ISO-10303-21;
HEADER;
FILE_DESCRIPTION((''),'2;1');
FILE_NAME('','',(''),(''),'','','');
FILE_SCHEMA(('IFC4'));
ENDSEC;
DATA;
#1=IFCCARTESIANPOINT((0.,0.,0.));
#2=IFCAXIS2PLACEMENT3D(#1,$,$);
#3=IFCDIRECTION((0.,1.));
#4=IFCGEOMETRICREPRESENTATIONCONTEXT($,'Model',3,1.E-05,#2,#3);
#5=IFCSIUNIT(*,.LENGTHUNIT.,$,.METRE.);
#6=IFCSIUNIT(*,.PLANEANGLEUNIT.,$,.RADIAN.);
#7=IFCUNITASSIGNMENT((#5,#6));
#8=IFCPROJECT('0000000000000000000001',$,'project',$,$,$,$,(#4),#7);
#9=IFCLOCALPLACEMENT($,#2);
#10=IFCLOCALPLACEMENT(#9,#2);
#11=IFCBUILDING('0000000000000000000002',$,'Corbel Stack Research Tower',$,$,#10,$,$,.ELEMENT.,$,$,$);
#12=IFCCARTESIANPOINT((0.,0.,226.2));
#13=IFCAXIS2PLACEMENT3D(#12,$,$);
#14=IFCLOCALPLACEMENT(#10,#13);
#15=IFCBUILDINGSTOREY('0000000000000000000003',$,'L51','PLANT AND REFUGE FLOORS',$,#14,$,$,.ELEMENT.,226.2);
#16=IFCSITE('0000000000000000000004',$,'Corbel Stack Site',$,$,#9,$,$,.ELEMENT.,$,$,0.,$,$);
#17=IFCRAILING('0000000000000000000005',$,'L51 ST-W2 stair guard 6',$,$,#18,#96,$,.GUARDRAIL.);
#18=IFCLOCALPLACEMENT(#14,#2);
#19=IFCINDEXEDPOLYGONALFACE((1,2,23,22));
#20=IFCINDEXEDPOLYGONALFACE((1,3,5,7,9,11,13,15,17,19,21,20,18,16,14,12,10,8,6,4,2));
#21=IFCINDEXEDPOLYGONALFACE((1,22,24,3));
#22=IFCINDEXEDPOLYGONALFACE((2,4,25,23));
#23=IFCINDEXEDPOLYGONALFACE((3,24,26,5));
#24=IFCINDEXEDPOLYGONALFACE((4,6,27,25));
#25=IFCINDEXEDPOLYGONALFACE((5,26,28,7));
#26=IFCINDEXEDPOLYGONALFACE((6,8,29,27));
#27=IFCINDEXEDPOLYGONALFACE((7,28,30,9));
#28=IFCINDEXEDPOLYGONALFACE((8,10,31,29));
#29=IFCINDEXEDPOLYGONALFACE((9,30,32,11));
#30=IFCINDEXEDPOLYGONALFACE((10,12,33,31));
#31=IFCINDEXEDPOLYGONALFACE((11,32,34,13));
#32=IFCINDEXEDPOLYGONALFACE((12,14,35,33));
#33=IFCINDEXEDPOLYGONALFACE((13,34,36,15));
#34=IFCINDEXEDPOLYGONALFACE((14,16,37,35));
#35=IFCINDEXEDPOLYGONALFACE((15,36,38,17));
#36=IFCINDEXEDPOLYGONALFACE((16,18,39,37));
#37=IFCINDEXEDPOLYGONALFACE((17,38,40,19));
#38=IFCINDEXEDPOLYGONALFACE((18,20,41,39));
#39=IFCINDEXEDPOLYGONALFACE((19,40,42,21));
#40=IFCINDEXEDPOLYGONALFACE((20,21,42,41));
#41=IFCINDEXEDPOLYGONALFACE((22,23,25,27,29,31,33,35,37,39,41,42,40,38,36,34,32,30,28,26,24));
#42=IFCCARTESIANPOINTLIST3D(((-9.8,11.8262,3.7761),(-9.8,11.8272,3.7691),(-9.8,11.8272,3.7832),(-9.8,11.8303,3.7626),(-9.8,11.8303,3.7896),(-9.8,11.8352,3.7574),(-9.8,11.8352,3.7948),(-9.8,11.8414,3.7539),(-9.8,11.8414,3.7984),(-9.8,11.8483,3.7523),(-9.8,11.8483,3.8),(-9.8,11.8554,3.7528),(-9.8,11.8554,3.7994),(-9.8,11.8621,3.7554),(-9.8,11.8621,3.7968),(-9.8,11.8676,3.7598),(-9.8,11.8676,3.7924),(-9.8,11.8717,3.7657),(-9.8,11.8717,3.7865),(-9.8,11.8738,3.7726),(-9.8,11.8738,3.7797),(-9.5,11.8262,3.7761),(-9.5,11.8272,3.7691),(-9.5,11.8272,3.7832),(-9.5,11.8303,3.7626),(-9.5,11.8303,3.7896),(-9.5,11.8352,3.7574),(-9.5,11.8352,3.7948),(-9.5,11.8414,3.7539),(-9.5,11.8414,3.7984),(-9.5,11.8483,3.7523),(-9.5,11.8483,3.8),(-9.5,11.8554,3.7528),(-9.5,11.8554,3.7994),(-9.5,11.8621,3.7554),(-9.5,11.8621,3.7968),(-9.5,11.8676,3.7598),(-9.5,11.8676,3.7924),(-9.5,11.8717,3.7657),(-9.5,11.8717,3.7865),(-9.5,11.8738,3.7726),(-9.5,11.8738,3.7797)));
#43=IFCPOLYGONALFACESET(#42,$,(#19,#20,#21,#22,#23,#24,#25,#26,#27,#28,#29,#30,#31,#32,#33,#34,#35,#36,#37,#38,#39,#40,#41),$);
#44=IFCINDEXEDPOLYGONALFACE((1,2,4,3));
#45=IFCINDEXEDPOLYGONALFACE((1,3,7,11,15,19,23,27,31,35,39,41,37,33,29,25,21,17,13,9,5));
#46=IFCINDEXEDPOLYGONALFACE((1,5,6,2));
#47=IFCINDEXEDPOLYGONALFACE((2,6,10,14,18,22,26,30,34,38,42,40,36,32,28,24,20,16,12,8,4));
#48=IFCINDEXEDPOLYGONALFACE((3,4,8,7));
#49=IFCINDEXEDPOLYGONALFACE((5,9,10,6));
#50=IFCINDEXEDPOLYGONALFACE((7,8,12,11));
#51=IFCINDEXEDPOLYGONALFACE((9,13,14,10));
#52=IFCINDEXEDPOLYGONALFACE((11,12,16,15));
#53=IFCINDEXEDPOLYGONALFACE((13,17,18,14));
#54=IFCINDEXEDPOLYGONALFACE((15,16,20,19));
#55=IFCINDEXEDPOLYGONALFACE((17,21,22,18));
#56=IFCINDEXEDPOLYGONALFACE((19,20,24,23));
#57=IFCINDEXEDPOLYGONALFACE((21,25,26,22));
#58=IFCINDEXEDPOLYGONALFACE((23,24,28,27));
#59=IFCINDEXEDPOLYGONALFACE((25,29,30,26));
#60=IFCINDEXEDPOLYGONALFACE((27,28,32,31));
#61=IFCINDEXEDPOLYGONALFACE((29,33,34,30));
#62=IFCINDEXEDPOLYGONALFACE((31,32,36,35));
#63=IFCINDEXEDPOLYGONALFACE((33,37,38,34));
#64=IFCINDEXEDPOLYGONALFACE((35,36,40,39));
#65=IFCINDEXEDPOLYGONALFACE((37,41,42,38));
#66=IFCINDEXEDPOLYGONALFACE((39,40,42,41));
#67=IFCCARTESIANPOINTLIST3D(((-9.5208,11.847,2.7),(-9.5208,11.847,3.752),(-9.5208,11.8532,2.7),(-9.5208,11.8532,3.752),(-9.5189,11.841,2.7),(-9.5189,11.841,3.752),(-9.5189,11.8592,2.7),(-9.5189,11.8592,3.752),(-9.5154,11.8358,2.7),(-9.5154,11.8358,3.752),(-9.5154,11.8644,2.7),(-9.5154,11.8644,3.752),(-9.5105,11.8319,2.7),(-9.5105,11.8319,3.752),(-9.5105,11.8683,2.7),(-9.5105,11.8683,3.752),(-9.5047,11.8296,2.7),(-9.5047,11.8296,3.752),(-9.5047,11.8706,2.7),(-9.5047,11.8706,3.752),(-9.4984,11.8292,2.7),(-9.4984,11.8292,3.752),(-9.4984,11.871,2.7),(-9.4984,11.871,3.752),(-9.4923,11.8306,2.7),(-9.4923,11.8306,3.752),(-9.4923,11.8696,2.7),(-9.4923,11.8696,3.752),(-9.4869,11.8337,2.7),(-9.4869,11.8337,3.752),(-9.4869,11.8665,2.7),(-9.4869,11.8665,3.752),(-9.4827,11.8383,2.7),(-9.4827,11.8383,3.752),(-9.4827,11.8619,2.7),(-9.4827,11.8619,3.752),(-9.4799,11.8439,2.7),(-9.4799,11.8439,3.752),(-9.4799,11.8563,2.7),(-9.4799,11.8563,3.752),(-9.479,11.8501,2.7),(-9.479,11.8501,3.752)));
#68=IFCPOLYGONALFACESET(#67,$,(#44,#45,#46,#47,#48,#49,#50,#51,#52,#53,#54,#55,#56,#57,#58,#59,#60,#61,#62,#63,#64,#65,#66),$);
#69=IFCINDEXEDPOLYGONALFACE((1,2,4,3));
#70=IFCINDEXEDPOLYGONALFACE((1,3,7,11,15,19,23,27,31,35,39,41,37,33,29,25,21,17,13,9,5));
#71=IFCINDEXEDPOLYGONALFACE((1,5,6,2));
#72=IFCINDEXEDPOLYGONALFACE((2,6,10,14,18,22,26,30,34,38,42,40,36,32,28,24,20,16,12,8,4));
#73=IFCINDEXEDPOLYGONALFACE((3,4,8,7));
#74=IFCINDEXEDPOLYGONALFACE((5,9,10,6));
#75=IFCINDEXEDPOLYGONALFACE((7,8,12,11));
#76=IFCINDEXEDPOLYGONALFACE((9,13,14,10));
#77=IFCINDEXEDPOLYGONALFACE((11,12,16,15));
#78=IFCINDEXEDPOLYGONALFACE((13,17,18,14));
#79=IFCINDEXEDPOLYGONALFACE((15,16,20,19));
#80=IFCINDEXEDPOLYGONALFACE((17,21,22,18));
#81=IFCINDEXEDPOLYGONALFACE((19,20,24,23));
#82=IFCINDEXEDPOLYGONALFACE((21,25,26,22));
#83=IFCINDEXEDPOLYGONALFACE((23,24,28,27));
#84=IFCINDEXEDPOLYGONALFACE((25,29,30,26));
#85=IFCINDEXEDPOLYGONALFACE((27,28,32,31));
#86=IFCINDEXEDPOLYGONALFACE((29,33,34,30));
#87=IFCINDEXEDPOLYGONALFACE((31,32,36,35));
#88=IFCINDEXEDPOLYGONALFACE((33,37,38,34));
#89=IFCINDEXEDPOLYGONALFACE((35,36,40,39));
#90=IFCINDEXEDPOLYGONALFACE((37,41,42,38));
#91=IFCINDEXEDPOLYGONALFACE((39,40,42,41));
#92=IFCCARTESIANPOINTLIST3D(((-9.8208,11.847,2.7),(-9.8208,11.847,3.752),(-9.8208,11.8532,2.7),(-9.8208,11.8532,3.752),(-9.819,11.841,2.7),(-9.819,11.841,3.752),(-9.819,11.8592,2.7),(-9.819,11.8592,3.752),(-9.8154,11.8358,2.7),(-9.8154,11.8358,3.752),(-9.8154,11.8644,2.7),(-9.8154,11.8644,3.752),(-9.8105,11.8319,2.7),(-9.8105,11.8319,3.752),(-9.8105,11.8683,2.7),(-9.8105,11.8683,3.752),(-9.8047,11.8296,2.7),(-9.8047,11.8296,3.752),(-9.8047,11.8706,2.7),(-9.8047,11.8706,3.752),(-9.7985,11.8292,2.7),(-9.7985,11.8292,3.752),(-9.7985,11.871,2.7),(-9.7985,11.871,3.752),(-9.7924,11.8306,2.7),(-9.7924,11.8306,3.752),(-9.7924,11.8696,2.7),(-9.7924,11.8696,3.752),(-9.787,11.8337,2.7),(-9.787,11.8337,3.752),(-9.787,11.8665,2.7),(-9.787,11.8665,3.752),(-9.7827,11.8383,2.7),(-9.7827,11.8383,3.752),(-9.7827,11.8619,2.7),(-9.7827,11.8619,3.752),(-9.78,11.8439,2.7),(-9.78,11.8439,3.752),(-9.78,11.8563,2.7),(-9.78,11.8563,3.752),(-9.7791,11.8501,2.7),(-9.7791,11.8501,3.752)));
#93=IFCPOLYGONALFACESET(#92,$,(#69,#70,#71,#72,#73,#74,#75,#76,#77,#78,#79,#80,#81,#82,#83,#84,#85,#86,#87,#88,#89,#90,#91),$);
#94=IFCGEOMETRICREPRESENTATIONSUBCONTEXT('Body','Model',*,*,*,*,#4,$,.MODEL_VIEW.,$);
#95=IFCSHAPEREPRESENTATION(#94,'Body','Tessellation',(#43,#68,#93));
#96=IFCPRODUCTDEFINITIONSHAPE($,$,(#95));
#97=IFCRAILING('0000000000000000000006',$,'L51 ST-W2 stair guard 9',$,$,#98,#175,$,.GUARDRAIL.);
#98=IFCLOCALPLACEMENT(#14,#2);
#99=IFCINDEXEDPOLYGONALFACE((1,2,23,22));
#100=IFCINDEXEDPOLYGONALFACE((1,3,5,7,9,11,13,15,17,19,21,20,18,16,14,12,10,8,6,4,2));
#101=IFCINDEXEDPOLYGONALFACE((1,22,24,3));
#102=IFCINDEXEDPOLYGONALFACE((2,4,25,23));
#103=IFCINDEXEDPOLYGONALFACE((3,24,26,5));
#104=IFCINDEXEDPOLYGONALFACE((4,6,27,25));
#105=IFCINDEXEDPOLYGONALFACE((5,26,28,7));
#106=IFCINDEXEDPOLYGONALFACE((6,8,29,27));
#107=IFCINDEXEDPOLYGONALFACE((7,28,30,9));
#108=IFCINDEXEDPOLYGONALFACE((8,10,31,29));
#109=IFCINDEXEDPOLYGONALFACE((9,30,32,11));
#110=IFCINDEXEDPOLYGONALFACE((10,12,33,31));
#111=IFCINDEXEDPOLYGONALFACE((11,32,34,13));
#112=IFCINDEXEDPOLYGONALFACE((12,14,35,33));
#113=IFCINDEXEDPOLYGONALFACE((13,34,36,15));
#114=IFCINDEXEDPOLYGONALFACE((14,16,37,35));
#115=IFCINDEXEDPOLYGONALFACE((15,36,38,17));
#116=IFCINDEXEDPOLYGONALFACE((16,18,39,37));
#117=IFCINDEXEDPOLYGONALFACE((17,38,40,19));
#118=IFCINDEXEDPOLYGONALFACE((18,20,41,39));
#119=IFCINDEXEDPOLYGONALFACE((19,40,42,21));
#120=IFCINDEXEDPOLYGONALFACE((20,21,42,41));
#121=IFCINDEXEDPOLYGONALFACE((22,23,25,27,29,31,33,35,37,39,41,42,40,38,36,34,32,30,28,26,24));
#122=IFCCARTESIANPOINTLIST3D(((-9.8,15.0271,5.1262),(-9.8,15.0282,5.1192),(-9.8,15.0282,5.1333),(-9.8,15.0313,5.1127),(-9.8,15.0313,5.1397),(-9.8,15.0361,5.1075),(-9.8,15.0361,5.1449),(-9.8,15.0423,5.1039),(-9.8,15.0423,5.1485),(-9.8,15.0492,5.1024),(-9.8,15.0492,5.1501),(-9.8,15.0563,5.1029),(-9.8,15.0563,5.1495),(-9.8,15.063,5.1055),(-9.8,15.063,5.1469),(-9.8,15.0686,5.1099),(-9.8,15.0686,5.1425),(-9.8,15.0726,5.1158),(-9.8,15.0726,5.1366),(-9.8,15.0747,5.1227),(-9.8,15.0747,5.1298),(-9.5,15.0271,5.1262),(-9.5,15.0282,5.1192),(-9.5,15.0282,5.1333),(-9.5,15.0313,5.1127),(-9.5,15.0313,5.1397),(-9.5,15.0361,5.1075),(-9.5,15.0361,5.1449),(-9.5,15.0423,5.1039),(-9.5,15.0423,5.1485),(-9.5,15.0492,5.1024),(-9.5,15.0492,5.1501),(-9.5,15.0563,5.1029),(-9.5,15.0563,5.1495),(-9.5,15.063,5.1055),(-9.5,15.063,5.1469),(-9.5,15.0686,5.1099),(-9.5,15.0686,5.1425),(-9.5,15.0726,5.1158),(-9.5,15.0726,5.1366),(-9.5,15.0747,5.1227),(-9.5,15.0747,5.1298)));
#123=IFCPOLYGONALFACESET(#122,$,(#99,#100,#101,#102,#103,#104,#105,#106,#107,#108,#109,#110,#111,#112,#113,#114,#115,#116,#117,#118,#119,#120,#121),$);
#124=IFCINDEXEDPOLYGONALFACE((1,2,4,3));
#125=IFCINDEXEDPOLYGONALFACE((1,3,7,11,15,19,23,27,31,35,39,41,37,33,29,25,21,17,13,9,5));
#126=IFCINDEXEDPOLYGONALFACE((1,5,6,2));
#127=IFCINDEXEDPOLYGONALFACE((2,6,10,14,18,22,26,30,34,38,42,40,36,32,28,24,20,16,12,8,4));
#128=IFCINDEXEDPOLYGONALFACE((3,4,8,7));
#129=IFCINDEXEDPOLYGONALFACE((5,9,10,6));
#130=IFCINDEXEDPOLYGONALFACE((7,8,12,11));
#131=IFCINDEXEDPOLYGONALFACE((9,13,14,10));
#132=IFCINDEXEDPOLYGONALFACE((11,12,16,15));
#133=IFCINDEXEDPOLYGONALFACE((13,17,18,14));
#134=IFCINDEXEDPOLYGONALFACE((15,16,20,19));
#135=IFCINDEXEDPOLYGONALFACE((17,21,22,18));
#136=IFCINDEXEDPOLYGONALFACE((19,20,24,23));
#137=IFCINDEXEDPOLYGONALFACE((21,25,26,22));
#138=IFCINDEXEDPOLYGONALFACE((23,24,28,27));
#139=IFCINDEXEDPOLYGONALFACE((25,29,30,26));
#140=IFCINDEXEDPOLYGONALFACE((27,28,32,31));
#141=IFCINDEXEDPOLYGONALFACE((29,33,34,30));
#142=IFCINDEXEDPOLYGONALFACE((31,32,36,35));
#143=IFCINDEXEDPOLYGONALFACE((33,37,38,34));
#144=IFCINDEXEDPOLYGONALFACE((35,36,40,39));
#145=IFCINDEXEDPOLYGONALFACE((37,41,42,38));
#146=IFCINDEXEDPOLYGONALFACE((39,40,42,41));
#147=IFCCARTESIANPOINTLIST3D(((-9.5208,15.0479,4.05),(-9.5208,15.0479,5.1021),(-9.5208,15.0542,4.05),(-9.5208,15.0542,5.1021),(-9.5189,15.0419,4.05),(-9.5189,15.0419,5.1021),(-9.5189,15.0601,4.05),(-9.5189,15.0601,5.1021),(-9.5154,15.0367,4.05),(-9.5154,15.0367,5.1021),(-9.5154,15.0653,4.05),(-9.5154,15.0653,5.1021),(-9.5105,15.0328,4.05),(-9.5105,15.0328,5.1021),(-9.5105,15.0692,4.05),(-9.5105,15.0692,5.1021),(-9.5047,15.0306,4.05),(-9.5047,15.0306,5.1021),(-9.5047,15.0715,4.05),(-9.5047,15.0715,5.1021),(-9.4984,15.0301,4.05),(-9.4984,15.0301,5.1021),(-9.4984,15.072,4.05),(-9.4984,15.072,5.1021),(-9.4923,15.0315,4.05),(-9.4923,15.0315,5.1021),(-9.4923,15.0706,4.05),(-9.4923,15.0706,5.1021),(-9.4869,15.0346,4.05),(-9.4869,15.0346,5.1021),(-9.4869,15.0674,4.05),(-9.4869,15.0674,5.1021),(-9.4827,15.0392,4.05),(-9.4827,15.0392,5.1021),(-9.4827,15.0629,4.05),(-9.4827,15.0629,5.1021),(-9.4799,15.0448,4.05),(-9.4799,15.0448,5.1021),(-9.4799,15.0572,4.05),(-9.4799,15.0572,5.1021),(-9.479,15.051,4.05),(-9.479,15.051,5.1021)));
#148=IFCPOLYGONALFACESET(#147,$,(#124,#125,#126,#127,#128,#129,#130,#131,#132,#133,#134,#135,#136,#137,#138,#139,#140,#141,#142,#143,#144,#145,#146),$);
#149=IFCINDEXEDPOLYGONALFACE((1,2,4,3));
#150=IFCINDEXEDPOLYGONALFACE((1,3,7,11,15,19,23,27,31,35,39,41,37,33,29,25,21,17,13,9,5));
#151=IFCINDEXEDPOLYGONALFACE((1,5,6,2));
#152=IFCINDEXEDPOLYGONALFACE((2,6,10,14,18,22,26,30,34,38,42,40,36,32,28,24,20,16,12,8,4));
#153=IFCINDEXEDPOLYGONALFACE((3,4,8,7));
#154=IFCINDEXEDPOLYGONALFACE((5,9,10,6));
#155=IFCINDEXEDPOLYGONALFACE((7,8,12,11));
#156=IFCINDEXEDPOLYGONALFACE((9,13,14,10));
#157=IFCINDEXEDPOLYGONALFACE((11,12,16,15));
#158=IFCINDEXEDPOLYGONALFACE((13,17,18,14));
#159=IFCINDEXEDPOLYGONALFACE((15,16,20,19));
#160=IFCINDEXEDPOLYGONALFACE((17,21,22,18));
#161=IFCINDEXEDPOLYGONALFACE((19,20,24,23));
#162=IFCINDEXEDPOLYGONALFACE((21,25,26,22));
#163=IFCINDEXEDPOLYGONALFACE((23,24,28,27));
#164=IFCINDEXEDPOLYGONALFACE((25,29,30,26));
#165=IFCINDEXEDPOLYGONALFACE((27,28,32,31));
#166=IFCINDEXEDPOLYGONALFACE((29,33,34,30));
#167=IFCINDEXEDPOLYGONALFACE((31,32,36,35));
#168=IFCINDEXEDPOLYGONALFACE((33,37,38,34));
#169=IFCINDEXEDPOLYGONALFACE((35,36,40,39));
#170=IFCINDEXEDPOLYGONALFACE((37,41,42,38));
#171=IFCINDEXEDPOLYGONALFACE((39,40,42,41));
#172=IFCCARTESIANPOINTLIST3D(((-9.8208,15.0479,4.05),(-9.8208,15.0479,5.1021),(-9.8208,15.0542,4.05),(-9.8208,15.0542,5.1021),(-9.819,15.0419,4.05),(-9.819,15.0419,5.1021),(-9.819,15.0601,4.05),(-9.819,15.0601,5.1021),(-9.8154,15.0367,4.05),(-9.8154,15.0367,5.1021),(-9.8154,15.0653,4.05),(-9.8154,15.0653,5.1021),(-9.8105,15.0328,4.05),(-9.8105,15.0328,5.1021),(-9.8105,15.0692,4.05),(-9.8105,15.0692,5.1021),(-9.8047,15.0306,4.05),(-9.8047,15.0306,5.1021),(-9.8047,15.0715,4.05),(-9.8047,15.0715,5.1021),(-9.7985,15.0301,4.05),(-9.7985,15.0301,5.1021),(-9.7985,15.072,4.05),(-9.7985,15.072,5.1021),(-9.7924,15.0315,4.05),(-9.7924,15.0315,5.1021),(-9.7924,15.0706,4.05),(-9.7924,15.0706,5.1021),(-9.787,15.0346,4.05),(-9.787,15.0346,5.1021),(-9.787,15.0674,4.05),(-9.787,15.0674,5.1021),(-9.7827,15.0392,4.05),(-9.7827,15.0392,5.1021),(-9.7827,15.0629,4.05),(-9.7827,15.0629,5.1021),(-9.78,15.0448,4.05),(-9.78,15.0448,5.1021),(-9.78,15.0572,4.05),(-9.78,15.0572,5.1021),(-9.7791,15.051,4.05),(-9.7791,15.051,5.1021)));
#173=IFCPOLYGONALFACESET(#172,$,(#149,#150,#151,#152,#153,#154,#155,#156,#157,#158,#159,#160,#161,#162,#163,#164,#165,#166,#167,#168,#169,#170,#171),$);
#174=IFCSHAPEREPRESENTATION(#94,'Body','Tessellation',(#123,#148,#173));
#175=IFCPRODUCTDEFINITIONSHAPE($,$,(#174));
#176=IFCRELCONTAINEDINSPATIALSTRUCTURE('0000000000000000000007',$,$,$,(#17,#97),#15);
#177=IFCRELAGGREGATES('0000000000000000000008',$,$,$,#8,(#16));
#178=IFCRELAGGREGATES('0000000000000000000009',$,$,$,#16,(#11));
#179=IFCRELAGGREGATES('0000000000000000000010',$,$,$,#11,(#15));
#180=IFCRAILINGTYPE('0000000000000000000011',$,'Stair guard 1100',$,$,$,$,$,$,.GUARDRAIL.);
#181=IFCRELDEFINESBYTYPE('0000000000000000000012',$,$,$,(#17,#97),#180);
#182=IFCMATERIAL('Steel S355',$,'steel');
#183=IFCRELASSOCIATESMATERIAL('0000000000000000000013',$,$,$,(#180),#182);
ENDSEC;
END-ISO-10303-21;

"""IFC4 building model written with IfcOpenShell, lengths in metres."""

from ifc_helpers import new_model, si_unit, direction, frame, origin, origin_2d, place, context, subcontext, project, spatial, circle, extrude, material, type_object, element, save


model = new_model("IFC4")

# Units and contexts
model_context = context("Model", 3, precision=1e-05, world=origin(), true_north=direction((0.0, 1.0)))
body_context = subcontext(model_context, "Body", "Model", "MODEL_VIEW")
ifc_project = project(units=[si_unit("LENGTHUNIT", "METRE"), si_unit("PLANEANGLEUNIT", "RADIAN")], contexts=[model_context])

# Site, building, storey
site_placement = place(None, origin())
site = spatial("IfcSite", under=ifc_project, at=site_placement, Name="Corbel Stack Site", CompositionType="ELEMENT", RefElevation=0.0)
building_placement = place(site_placement, origin())
building = spatial("IfcBuilding", under=site, at=building_placement, Name="Corbel Stack Research Tower", CompositionType="ELEMENT")
storey_placement = place(building_placement, frame((0.0, 0.0, 226.2)))
storey = spatial("IfcBuildingStorey", under=building, at=storey_placement, Name="L51", Description="PLANT AND REFUGE FLOORS", CompositionType="ELEMENT", Elevation=226.2)

# Railings
ifc_material_1 = material(Name="Steel S355", Category="steel")
railing_type_1 = type_object("IfcRailingType", Name="Stair guard 1100", PredefinedType="GUARDRAIL", material=ifc_material_1)
for number, where, name in (
    (1, (-9.5, 11.8501, 2.7), "L51 ST-W2 stair guard 6"),
    (2, (-9.5, 15.051, 4.05), "L51 ST-W2 stair guard 9"),
):
    element("IfcRailing", number, at=place(storey_placement, frame(where)), inside=storey, type_object=railing_type_1, Name=name, PredefinedType="GUARDRAIL", context=body_context, shape_type="SweptSolid", body=[
        extrude(circle(Radius=0.0239, at=origin_2d()), frame((0.0, 0.0, 1.0762), z_axis=(-1.0, 0.0, 0.0), x_axis=(0.0, -1.0, 0.0)), (0.0, 0.0, 1.0), 0.3),
        extrude(circle(Radius=0.021, at=origin_2d()), origin(), (0.0, 0.0, 1.0), 1.052),
        extrude(circle(Radius=0.021, at=origin_2d()), frame((-0.3, 0.0, 0.0)), (0.0, 0.0, 1.0), 1.052),
    ])

save(model, "model.ifc")
